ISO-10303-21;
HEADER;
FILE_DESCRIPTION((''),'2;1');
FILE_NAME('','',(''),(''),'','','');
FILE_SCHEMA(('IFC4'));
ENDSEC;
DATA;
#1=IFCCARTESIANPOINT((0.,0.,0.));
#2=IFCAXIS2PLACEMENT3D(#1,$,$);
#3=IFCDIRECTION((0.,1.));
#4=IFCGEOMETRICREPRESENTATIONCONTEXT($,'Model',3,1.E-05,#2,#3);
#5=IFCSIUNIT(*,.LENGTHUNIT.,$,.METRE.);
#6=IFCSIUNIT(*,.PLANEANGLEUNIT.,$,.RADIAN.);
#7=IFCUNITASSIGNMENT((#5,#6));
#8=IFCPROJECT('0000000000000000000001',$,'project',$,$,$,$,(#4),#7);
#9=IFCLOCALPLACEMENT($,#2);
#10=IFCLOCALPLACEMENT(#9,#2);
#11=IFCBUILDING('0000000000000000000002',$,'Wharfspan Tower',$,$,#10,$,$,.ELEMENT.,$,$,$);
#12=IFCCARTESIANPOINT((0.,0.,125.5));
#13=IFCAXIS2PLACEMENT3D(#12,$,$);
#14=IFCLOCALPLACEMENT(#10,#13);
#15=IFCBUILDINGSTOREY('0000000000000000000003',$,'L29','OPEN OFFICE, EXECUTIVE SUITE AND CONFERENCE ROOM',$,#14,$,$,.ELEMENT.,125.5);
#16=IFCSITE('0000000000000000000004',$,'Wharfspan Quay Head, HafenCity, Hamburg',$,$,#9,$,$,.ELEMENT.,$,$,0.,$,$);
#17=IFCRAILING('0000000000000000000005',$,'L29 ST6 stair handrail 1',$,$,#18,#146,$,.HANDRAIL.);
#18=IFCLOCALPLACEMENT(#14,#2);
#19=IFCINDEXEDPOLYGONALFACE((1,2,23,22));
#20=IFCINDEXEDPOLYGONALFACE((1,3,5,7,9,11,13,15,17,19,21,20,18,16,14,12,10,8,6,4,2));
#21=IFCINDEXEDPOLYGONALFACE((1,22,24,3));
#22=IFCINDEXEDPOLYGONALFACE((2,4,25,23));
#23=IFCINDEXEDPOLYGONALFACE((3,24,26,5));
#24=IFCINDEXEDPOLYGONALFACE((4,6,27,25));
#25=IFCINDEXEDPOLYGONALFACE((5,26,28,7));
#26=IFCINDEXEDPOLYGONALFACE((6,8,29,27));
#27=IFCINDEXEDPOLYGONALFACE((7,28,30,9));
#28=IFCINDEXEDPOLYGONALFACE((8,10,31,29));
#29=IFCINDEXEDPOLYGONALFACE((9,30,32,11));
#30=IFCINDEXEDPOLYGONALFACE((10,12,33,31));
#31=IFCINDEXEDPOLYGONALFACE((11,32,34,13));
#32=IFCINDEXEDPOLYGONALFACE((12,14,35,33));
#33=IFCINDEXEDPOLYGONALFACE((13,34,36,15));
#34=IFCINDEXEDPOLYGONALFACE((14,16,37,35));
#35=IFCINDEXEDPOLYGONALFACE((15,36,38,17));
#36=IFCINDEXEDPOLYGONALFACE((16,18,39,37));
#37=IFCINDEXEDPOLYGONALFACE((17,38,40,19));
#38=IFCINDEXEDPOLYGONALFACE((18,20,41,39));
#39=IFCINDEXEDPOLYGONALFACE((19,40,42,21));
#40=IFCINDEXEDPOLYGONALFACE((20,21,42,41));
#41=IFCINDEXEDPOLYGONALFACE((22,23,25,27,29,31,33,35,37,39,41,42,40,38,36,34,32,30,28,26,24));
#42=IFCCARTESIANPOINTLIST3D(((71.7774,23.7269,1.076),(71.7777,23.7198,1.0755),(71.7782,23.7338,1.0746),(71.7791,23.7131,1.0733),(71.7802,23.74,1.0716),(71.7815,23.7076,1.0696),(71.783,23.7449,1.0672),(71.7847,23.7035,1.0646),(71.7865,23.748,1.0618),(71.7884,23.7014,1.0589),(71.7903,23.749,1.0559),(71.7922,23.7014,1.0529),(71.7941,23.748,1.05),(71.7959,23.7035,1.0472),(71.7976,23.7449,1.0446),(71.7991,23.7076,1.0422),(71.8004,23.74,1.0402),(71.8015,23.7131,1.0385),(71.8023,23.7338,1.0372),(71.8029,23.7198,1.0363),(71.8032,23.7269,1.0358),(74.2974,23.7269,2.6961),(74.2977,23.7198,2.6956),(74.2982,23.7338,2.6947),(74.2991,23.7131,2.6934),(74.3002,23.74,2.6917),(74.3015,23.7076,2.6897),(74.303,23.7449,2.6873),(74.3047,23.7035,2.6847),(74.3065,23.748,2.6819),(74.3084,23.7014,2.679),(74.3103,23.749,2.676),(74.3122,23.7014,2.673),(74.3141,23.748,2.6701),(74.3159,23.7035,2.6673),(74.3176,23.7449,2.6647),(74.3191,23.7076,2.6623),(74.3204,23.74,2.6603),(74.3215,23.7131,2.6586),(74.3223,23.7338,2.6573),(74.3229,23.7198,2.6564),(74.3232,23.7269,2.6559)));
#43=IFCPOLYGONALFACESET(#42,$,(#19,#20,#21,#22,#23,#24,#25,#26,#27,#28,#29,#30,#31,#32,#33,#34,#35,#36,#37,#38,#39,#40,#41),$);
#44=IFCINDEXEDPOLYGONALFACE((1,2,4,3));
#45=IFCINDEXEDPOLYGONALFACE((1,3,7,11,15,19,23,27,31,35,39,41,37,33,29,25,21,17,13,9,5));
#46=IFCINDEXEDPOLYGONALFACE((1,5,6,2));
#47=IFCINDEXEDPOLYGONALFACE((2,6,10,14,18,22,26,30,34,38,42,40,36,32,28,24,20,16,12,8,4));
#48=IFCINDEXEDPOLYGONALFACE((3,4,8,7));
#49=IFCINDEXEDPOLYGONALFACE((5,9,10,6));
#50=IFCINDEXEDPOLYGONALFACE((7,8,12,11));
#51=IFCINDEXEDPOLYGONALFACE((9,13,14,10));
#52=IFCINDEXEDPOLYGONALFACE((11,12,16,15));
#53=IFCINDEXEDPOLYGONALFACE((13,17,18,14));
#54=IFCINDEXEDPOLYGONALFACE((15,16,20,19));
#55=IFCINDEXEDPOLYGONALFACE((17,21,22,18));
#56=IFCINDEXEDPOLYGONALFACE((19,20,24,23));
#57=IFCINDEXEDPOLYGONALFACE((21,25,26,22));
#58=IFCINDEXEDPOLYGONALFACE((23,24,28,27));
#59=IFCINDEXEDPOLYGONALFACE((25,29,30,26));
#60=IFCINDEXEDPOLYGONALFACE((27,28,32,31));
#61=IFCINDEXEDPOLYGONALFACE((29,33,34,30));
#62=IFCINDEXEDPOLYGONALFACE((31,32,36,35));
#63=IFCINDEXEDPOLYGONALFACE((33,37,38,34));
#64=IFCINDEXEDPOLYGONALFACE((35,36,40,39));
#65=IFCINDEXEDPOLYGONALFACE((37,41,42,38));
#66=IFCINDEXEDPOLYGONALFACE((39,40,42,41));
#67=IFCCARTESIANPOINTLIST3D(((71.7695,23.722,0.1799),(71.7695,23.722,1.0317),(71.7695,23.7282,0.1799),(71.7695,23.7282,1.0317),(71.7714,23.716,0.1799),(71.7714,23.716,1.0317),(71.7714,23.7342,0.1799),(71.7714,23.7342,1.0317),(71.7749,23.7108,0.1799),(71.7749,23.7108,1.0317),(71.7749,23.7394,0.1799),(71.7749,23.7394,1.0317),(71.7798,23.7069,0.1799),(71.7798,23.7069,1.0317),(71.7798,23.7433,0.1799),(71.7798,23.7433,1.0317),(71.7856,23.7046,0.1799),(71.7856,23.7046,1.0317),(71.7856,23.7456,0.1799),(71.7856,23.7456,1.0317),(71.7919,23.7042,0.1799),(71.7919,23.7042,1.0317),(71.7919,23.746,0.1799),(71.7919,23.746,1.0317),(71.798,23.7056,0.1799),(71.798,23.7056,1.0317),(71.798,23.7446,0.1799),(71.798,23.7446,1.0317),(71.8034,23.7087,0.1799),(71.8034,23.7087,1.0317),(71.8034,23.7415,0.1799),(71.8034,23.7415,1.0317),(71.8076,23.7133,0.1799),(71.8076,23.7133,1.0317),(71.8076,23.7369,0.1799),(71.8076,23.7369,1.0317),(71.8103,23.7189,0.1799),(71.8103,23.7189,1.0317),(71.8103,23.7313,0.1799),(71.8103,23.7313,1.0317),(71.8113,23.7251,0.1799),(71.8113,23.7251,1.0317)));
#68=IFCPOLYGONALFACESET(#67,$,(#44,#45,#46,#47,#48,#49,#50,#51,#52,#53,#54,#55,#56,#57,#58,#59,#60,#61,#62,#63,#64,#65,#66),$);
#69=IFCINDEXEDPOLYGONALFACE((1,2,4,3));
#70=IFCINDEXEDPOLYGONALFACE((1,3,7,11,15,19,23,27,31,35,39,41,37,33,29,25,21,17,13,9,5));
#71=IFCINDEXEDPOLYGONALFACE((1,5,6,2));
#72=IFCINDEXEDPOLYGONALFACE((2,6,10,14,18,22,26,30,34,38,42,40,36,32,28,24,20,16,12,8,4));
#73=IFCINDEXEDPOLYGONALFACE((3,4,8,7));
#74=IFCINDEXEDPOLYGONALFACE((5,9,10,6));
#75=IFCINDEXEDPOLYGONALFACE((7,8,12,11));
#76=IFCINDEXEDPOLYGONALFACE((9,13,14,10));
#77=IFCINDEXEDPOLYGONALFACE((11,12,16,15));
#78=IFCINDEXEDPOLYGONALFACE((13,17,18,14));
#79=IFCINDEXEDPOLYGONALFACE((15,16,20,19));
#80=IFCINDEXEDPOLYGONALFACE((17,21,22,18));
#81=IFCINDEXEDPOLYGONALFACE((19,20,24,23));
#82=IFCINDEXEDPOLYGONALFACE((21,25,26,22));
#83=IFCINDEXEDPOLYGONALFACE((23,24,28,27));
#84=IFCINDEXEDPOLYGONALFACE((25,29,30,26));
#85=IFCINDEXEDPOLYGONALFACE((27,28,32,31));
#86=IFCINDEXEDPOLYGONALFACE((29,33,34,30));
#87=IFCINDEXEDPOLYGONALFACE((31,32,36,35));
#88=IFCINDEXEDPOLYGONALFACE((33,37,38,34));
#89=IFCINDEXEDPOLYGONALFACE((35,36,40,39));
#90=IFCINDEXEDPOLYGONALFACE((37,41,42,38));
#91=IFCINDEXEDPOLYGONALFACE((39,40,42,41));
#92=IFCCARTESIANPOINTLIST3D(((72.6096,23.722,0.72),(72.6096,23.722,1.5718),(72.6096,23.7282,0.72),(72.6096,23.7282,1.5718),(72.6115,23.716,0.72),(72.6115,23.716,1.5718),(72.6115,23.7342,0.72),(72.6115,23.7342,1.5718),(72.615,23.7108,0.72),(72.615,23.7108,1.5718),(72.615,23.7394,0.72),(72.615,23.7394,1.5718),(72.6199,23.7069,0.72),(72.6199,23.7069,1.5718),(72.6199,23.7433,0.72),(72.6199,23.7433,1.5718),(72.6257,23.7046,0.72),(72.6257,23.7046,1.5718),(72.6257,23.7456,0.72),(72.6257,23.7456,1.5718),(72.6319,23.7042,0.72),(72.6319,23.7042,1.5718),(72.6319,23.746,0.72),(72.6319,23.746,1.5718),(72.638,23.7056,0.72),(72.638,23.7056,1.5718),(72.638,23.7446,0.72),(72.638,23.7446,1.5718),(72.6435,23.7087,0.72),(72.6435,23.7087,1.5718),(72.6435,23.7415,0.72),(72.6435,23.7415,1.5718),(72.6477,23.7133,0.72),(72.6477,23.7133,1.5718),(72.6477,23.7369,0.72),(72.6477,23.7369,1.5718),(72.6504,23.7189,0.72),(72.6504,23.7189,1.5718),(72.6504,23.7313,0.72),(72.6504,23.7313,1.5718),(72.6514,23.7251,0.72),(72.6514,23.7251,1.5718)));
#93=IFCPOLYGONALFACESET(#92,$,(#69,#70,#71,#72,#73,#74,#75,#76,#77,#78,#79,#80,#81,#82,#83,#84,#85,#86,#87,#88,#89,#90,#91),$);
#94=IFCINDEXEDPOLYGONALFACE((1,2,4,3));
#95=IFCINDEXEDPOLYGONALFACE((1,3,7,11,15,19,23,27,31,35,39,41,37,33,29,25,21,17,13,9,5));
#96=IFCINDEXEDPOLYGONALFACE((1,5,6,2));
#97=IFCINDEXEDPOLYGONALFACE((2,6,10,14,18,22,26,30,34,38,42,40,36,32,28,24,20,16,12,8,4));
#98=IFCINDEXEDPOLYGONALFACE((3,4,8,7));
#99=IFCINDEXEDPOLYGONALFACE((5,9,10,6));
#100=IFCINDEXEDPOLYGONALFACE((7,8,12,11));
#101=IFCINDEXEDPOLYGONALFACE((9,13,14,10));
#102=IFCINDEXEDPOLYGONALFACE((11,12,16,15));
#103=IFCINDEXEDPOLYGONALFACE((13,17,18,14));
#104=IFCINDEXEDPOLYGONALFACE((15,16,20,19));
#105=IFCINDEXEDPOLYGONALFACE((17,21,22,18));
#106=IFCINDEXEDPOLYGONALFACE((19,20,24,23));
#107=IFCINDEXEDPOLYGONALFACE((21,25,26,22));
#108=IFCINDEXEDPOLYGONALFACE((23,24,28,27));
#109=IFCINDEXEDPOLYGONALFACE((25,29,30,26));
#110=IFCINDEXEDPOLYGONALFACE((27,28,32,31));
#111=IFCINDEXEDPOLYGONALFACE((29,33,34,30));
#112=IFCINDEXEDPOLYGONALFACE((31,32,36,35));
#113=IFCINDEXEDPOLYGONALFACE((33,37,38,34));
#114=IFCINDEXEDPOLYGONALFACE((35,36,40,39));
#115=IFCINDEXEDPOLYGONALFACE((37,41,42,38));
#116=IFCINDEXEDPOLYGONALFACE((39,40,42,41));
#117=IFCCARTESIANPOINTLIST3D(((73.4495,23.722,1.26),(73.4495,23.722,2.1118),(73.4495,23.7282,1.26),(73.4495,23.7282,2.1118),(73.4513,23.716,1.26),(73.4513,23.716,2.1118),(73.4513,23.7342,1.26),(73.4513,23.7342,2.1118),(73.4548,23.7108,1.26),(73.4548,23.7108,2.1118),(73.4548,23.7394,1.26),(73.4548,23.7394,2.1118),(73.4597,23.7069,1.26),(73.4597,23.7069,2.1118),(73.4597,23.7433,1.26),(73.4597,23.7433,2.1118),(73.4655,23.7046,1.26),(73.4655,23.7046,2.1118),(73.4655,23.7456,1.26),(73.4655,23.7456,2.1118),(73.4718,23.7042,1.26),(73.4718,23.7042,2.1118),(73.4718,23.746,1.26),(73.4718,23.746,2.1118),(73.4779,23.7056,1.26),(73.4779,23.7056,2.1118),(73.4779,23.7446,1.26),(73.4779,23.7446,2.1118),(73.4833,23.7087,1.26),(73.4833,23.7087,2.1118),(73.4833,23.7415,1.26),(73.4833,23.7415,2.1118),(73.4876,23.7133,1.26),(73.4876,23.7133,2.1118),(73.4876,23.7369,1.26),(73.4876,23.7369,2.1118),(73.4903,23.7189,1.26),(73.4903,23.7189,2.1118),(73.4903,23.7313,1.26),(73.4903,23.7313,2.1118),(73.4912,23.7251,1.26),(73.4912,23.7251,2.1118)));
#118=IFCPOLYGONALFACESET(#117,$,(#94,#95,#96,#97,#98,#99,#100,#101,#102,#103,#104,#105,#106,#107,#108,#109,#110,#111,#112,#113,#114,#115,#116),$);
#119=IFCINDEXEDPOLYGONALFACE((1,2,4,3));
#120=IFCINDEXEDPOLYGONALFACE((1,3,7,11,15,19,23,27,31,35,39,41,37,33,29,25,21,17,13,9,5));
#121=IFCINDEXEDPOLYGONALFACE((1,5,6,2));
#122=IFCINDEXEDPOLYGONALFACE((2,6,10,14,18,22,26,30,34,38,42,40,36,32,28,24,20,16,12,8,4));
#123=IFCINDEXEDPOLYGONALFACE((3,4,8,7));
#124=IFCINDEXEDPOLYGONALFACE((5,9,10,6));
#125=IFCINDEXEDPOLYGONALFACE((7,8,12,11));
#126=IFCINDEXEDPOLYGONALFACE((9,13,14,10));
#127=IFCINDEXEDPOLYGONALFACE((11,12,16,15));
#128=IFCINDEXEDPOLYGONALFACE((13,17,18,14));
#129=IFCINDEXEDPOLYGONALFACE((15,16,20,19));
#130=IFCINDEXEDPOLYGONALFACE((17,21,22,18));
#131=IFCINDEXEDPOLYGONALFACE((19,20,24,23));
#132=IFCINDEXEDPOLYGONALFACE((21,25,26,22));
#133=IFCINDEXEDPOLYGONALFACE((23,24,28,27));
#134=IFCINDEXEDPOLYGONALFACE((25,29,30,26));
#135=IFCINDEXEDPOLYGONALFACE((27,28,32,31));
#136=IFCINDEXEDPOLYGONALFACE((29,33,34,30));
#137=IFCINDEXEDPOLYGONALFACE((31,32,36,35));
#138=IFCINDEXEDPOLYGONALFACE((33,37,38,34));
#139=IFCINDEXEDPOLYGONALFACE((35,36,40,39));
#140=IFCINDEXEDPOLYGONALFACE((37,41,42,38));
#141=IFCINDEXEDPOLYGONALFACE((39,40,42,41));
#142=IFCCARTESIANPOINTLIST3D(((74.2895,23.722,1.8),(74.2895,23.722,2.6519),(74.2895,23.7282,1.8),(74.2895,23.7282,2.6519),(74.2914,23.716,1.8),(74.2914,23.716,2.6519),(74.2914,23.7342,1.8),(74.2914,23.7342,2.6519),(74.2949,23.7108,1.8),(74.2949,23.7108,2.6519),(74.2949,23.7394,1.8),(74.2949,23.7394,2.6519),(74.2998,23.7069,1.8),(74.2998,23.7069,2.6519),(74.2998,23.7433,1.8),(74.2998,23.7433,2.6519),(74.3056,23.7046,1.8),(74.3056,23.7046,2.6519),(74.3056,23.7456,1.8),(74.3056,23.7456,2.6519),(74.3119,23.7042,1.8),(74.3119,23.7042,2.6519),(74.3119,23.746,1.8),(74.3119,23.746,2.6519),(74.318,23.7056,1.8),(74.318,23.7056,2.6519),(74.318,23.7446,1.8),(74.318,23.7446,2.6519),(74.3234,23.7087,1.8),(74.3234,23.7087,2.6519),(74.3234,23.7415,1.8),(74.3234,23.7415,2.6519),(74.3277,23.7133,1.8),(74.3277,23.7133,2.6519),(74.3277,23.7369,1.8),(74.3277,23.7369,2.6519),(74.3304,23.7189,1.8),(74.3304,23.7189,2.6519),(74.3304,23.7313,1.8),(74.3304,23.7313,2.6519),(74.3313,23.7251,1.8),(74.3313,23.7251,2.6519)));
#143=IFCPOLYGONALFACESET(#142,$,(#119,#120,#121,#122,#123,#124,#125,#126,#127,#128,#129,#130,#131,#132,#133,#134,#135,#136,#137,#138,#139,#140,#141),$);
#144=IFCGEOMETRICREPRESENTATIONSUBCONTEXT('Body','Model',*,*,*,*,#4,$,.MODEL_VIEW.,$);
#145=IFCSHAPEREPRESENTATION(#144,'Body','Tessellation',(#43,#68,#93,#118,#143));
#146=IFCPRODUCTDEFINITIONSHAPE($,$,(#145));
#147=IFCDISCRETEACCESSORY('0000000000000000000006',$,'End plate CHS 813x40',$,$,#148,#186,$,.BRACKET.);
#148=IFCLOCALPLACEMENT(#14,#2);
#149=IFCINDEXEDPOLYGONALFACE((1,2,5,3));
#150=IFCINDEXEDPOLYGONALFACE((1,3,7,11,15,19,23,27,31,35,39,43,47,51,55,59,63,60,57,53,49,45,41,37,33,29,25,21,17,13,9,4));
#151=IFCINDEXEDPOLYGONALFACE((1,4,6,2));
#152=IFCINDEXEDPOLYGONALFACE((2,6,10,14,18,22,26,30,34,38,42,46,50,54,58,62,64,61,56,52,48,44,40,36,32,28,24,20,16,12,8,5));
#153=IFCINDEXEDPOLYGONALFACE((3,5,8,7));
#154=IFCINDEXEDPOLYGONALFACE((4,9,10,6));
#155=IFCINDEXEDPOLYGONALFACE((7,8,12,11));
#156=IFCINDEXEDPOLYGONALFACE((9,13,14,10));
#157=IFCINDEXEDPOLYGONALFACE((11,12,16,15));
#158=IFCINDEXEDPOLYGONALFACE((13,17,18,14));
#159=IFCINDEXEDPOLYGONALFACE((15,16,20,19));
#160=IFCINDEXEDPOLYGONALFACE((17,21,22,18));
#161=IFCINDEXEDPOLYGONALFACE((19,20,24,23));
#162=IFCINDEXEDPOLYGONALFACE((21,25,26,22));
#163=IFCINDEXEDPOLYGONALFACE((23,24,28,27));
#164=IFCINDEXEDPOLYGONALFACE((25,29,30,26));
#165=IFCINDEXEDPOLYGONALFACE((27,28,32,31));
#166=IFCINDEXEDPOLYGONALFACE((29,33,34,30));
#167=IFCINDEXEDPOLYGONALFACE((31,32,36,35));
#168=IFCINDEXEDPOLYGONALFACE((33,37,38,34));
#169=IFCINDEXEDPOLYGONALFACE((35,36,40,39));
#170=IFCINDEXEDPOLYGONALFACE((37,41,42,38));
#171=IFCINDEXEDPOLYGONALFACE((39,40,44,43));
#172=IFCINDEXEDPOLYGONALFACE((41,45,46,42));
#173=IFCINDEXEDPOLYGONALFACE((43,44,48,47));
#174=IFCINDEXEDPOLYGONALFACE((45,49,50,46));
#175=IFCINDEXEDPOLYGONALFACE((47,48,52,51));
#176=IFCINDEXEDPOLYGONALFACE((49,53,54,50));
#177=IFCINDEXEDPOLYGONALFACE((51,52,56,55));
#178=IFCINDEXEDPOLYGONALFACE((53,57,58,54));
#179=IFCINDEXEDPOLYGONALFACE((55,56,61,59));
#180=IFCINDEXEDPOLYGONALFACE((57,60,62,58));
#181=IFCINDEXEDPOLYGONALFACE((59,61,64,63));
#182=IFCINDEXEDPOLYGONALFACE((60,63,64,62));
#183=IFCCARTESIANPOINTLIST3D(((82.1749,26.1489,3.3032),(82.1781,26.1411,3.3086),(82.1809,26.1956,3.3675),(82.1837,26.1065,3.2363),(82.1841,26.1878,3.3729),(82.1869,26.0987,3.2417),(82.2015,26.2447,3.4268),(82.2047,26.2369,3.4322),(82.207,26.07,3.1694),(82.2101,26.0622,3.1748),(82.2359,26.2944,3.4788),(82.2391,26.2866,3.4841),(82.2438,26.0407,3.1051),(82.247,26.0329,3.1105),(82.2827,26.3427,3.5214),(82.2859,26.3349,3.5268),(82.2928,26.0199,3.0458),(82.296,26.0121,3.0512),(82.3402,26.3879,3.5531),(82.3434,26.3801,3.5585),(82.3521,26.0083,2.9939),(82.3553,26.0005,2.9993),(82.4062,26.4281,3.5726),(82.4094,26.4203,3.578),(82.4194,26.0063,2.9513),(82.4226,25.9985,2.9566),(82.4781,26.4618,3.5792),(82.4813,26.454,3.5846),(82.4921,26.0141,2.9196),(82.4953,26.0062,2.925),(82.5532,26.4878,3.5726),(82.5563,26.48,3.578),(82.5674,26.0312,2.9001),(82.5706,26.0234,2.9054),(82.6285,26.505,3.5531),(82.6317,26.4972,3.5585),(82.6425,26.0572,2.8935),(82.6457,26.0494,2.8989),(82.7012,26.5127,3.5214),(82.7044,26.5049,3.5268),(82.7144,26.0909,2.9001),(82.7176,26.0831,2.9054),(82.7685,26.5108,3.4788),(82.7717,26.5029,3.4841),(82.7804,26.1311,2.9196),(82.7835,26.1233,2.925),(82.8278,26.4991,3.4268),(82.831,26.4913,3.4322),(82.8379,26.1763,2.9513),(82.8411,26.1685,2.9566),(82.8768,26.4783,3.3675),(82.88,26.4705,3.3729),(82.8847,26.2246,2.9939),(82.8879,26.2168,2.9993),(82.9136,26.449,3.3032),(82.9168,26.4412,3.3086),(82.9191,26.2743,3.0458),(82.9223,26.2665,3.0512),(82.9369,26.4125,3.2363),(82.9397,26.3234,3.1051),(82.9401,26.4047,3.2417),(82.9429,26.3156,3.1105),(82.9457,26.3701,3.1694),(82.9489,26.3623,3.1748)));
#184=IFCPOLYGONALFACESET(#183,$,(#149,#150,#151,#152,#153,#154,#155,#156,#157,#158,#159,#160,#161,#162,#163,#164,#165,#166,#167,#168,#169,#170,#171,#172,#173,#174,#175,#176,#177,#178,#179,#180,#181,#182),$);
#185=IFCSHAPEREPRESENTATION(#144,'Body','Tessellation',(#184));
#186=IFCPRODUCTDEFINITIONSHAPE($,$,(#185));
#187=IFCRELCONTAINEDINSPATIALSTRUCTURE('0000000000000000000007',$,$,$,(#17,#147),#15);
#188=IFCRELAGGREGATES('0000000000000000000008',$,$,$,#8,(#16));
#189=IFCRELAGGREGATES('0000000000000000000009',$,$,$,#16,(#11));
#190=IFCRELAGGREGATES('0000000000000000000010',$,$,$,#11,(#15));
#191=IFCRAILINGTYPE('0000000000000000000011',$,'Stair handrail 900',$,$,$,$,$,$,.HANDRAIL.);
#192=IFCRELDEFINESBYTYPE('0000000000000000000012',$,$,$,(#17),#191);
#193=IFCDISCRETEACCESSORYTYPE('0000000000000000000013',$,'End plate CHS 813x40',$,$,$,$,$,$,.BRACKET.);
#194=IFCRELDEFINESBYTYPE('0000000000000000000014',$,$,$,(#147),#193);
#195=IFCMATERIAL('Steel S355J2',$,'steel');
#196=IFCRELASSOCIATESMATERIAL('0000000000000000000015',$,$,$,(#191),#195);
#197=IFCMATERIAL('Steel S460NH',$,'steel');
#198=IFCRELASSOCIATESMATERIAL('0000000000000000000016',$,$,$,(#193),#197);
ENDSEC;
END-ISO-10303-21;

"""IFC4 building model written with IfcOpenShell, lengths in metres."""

from ifc_helpers import new_model, si_unit, direction, frame, origin, origin_2d, place, context, subcontext, project, spatial, circle, extrude, material, material_profile, profile_set, type_object, element, save


model = new_model("IFC4")

# Units and contexts
model_context = context("Model", 3, precision=1e-05, world=origin(), true_north=direction((0.0, 1.0)))
body_context = subcontext(model_context, "Body", "Model", "MODEL_VIEW")
ifc_project = project(units=[si_unit("LENGTHUNIT", "METRE"), si_unit("PLANEANGLEUNIT", "RADIAN")], contexts=[model_context])

# Site, building, storey
site_placement = place(None, origin())
site = spatial("IfcSite", under=ifc_project, at=site_placement, Name="Wharfspan Quay Head, HafenCity, Hamburg", CompositionType="ELEMENT", RefElevation=0.0)
building_placement = place(site_placement, origin())
building = spatial("IfcBuilding", under=site, at=building_placement, Name="Wharfspan Tower", CompositionType="ELEMENT")
storey_placement = place(building_placement, frame((0.0, 0.0, 125.5)))
storey = spatial("IfcBuildingStorey", under=building, at=storey_placement, Name="L29", Description="OPEN OFFICE, EXECUTIVE SUITE AND CONFERENCE ROOM", CompositionType="ELEMENT", Elevation=125.5)

# Shared definitions
ifc_material_1 = material(Name="Steel S355J2", Category="steel")

# Shared definitions
ifc_material_2 = material(Name="Steel S460NH", Category="steel")

# Railing
railing_type_1 = type_object("IfcRailingType", Name="Stair handrail 900", PredefinedType="HANDRAIL", material=ifc_material_1)
railing_1_placement = place(storey_placement, frame((71.7903, 23.7251, 0.1799)))
element("IfcRailing", 1, at=railing_1_placement, inside=storey, type_object=railing_type_1, Name="L29 ST6 stair handrail 1", PredefinedType="HANDRAIL", context=body_context, shape_type="SweptSolid", body=[
    extrude(circle(Radius=0.0239, at=origin_2d()), frame((0.0, 0.0, 0.876), z_axis=(0.841163, 0.0, 0.540782), x_axis=(0.0, 1.0, 0.0)), (0.0, 0.0, 1.0), 2.9958),
    extrude(circle(Radius=0.021, at=origin_2d()), origin(), (0.0, 0.0, 1.0), 0.8518),
    extrude(circle(Radius=0.021, at=origin_2d()), frame((0.8401, 0.0, 0.54)), (0.0, 0.0, 1.0), 0.8518),
    extrude(circle(Radius=0.021, at=origin_2d()), frame((1.6799, 0.0, 1.0801)), (0.0, 0.0, 1.0), 0.8518),
    extrude(circle(Radius=0.021, at=origin_2d()), frame((2.52, 0.0, 1.6201)), (0.0, 0.0, 1.0), 0.8518),
])

# Discrete accessory
ifc_material_profile_1 = material_profile(ifc_material_2, circle(Radius=0.4065, at=origin_2d()))
ifc_profile_set_1 = profile_set([ifc_material_profile_1], Name="Steel S460NH")
discrete_accessory_type = type_object("IfcDiscreteAccessoryType", Name="End plate CHS 813x40", PredefinedType="BRACKET", material=ifc_profile_set_1)
discrete_accessory_1_placement = place(storey_placement, frame((82.5603, 26.2595, 3.2363), z_axis=(0.317451, -0.781418, 0.537225), x_axis=(0.92647, 0.376377, -0.000002)))
element("IfcDiscreteAccessory", 2, at=discrete_accessory_1_placement, inside=storey, type_object=discrete_accessory_type, Name="End plate CHS 813x40", PredefinedType="BRACKET", context=body_context, shape_type="SweptSolid", body=[
    extrude(circle(Radius=0.4065, at=origin_2d()), origin(), (0.0, 0.0, 1.0), 0.01),
])

save(model, "model.ifc")
